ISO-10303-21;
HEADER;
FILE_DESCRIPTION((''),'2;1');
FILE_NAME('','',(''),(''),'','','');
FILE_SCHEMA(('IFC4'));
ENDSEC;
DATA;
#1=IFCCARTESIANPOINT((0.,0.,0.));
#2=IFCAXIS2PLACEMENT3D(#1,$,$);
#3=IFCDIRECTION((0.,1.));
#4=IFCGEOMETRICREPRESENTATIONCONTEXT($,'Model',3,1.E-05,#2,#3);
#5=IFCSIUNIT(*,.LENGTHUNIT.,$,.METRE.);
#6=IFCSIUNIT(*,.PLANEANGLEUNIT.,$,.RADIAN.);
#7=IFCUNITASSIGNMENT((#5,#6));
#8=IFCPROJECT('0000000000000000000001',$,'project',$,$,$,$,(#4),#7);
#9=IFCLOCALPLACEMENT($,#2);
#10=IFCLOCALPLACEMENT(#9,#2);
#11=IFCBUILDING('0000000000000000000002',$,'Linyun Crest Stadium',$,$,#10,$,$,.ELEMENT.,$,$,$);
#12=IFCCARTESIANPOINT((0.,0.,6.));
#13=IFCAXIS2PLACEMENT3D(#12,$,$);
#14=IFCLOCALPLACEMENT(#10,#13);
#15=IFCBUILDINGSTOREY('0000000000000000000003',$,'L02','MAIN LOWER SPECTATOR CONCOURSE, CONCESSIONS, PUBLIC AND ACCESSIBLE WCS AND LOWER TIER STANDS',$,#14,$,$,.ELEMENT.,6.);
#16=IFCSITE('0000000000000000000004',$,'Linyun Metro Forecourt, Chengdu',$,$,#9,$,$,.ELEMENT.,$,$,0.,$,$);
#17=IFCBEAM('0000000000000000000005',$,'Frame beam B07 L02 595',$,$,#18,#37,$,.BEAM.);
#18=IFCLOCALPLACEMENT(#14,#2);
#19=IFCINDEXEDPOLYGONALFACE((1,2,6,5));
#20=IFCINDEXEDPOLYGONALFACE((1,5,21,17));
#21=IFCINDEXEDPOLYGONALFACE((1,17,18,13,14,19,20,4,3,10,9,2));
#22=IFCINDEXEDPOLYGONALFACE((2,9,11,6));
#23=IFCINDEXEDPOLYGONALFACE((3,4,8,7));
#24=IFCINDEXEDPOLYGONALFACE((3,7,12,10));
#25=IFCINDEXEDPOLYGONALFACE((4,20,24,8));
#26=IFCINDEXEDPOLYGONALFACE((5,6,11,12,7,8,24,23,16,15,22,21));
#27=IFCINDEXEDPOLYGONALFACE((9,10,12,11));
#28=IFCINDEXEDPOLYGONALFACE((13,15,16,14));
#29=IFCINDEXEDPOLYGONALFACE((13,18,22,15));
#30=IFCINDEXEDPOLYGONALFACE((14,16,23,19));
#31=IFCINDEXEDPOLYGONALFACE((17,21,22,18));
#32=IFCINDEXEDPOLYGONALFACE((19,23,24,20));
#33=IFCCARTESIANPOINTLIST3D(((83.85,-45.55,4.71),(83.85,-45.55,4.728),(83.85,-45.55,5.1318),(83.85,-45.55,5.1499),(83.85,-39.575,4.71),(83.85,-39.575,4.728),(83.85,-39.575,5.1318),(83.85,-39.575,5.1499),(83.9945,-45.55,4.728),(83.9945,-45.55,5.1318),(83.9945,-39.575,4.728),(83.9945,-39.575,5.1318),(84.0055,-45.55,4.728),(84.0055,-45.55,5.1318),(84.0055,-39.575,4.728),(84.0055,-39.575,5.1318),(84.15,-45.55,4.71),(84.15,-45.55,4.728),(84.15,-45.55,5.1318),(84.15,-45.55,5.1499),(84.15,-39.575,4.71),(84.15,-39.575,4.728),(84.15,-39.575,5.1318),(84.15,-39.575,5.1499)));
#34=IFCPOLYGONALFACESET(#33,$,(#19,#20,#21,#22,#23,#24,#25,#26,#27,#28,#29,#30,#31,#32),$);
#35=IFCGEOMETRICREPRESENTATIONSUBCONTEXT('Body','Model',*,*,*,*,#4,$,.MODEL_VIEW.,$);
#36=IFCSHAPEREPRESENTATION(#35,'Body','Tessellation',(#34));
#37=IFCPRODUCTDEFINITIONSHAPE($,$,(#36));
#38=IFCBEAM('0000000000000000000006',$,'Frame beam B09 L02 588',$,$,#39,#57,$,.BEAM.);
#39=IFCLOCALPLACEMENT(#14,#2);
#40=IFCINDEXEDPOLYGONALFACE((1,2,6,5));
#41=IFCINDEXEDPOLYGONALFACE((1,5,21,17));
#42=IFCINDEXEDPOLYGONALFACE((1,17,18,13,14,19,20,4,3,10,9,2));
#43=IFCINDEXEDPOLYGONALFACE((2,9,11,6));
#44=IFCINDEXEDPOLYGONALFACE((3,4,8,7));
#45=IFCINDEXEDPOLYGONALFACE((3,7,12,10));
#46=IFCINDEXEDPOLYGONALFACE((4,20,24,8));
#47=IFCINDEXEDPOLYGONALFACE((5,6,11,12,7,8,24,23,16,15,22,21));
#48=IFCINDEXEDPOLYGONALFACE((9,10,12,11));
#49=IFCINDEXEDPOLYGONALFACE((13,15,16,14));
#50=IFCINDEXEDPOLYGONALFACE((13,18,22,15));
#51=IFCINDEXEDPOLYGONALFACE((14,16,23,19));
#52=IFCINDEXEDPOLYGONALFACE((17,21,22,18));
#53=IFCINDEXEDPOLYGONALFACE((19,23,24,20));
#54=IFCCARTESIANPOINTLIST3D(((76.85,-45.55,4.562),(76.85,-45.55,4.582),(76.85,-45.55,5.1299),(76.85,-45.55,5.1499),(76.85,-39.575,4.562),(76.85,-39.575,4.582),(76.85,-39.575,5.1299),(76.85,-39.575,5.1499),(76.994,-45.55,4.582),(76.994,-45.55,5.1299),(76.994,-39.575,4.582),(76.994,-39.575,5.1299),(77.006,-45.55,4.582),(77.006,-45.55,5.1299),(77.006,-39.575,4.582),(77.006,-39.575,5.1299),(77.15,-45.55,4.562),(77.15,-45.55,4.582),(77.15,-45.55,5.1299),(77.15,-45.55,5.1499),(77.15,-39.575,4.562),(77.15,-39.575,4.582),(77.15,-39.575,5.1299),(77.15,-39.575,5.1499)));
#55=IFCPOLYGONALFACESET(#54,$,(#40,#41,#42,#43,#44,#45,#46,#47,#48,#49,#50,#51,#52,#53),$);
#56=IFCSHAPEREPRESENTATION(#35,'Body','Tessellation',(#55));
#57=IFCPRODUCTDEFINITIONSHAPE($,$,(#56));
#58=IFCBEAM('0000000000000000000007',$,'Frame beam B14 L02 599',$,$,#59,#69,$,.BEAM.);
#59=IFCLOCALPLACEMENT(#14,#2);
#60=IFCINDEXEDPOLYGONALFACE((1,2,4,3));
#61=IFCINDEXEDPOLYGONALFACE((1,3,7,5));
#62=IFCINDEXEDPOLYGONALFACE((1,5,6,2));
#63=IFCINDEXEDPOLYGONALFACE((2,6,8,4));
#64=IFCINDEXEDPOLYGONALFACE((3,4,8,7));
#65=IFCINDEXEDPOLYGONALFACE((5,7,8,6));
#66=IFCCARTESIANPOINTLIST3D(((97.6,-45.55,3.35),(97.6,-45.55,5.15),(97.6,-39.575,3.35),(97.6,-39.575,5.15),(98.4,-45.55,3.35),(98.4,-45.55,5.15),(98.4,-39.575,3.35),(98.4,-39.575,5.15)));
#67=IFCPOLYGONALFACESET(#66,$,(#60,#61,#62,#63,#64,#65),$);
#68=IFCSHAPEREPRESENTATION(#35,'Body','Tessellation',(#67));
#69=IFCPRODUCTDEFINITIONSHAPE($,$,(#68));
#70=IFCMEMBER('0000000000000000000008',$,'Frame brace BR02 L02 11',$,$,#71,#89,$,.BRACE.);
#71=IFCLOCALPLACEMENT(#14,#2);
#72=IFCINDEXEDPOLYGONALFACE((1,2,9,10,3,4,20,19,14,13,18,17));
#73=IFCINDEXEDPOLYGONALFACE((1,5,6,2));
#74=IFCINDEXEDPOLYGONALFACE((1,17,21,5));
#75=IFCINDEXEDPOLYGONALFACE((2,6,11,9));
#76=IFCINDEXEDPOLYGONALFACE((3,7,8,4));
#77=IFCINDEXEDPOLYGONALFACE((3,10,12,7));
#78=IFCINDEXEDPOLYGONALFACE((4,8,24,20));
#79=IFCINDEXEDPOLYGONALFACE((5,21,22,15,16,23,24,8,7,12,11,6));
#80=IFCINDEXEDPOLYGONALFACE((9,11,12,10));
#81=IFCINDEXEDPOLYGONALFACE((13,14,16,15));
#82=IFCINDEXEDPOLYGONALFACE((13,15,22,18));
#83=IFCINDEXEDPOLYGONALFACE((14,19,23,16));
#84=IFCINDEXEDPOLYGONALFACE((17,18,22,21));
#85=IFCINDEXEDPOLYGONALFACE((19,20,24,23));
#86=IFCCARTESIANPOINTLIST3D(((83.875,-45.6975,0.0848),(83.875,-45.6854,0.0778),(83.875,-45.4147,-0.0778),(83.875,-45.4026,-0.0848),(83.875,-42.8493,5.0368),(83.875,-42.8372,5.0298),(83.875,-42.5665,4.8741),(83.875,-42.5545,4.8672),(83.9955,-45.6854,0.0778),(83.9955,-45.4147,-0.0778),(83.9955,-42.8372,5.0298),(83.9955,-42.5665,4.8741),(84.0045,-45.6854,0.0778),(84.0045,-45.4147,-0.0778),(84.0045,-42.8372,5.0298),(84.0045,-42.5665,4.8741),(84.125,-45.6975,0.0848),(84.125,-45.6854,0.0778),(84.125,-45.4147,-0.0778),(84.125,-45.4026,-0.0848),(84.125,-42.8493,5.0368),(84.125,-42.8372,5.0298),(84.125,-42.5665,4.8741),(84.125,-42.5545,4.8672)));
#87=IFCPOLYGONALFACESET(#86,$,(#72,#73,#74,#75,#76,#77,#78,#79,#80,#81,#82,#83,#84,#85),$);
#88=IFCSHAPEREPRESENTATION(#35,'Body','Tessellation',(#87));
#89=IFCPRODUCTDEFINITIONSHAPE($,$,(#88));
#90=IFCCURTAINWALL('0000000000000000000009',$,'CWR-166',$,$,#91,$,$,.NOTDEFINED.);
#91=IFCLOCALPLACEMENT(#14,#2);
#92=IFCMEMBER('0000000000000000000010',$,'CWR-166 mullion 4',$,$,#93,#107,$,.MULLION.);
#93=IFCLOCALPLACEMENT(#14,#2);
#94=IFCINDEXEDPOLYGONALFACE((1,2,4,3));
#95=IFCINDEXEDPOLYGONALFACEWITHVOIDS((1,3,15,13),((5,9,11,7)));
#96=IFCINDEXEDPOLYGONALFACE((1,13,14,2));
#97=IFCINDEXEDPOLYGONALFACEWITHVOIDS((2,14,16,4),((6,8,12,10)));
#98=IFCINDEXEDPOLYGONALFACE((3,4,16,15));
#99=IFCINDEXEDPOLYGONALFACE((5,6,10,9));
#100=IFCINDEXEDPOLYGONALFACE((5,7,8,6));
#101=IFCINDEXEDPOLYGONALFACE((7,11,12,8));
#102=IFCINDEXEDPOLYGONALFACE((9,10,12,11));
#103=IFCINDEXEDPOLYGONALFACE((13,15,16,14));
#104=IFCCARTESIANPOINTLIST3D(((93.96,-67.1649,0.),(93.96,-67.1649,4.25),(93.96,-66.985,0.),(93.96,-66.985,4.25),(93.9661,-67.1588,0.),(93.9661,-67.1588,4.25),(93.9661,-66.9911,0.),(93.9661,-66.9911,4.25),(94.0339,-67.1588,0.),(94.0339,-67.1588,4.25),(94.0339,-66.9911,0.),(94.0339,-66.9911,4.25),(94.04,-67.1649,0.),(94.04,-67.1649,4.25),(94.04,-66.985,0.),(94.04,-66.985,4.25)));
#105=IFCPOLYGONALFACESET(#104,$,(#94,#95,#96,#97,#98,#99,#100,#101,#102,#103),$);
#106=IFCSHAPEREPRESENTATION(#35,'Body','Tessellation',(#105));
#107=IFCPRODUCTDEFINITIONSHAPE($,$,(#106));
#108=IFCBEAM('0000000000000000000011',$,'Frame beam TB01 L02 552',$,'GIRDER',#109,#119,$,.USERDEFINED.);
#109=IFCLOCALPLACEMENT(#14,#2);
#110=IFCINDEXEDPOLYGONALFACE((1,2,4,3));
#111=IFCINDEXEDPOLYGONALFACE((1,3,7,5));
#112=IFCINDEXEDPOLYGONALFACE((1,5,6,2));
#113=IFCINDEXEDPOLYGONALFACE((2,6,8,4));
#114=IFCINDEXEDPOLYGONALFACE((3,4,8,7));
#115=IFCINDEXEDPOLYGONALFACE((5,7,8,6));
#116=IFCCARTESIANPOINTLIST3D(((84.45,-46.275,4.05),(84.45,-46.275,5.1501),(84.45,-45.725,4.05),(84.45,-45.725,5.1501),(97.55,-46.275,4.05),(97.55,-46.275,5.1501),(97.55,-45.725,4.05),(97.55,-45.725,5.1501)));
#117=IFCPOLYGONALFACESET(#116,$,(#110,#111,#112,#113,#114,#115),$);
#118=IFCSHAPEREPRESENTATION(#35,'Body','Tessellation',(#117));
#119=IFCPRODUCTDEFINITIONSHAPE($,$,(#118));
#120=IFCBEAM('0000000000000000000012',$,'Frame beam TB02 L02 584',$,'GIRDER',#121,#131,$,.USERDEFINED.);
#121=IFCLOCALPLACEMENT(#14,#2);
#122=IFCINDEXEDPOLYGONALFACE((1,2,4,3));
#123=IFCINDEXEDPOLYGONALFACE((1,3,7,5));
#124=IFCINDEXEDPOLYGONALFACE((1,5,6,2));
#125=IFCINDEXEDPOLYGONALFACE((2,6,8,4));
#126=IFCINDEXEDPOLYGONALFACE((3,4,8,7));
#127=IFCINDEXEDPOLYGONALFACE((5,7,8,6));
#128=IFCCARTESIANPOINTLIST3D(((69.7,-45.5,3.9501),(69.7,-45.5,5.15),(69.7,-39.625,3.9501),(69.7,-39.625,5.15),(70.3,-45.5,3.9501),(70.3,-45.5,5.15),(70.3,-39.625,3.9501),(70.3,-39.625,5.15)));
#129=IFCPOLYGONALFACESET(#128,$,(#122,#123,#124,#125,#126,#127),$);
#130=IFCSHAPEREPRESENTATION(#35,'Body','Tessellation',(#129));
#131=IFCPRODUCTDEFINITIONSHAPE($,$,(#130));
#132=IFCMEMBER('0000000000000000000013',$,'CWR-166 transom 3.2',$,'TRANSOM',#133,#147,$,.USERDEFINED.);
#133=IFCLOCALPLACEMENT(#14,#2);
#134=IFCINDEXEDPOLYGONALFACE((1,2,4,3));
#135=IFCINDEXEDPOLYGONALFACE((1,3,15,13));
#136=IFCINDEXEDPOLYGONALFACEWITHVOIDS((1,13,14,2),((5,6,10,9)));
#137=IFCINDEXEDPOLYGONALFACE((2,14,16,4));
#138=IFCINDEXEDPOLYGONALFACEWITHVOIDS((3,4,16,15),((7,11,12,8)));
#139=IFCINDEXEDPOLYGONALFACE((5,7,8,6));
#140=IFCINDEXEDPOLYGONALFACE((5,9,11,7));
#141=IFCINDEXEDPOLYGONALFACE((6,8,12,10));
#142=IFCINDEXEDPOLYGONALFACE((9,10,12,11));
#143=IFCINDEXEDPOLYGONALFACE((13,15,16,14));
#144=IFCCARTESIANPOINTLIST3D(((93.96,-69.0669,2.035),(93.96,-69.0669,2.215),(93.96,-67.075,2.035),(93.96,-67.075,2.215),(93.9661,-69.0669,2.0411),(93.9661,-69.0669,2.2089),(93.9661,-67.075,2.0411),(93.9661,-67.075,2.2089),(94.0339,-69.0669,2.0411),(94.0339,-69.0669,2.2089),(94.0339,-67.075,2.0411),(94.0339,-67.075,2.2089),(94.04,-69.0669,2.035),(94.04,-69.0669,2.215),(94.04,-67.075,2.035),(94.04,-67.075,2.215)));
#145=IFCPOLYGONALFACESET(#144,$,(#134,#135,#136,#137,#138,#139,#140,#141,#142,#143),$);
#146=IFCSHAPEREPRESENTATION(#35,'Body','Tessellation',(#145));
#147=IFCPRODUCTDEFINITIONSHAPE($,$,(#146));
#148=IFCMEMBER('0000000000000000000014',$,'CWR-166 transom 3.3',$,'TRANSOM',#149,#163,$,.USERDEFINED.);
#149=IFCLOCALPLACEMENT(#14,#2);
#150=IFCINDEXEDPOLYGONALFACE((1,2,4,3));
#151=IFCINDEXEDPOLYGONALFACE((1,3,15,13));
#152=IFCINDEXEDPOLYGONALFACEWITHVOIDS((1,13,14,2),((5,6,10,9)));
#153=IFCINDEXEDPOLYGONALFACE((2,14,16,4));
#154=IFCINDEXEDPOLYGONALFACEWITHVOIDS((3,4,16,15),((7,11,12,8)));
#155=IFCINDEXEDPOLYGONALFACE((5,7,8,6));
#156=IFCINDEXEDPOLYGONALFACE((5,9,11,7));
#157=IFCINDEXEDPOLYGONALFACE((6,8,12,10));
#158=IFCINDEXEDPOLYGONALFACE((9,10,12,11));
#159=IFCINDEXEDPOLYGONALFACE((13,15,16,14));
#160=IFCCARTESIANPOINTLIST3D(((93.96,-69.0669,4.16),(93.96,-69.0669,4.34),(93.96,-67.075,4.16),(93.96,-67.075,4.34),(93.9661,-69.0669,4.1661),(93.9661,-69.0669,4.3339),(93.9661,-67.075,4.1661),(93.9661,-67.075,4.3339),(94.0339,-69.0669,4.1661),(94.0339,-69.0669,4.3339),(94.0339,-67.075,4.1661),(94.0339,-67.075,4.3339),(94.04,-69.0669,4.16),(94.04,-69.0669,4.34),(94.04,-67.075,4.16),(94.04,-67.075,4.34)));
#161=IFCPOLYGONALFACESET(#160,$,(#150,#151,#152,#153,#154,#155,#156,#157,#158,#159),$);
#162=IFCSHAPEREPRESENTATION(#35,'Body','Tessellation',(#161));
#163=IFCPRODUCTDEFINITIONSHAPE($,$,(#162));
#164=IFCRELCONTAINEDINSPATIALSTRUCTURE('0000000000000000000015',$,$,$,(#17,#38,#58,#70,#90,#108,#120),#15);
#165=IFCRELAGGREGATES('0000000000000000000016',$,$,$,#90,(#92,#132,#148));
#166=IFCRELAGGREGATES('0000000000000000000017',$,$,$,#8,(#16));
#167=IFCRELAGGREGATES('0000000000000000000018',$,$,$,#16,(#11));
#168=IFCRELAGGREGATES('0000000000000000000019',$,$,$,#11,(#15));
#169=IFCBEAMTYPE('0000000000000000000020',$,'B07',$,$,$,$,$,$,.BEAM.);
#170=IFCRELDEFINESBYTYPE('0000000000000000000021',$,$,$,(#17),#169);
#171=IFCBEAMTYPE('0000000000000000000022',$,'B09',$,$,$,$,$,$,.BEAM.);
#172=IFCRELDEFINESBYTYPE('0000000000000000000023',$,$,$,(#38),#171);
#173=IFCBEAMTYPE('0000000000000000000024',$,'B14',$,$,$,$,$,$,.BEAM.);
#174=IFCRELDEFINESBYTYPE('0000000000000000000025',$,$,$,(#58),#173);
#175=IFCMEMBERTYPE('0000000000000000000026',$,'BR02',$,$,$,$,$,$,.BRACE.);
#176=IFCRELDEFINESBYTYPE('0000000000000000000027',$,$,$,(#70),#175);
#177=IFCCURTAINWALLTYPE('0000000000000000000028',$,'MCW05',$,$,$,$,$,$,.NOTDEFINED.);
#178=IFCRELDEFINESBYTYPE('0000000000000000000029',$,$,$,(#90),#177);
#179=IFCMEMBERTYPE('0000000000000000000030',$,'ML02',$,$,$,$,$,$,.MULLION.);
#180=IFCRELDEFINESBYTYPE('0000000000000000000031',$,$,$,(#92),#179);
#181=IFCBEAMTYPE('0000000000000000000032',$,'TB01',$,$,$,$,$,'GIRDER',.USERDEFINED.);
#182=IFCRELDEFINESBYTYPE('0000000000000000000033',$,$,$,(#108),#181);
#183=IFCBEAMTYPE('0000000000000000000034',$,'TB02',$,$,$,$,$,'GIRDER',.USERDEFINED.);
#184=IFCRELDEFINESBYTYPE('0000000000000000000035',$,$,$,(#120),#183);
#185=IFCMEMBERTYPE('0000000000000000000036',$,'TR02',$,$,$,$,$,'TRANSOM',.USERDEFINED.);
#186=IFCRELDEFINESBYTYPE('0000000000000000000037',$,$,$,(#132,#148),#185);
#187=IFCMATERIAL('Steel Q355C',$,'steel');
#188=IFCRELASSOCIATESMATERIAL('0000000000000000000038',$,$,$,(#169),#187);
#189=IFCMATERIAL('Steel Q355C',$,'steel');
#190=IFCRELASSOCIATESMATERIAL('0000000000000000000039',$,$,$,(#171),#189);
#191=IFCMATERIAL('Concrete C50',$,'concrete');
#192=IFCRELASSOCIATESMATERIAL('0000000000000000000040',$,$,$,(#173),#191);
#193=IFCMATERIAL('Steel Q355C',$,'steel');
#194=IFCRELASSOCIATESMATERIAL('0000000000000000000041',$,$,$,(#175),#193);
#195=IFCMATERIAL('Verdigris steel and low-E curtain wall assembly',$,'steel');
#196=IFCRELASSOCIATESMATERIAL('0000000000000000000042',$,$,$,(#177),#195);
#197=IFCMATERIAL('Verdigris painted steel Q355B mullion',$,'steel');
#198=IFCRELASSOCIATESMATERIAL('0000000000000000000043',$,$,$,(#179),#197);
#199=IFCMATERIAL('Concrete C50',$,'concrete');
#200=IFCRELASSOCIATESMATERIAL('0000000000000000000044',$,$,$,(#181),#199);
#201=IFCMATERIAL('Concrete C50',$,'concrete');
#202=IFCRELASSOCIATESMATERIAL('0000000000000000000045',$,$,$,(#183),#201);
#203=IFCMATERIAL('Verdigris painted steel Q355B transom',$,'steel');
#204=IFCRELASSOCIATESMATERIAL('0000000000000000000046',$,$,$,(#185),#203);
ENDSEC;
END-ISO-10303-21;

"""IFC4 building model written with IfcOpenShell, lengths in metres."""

from ifc_helpers import new_model, si_unit, direction, frame, origin, origin_2d, place, context, subcontext, project, spatial, rectangle, hollow_rectangle, i_section, extrude, material, material_profile, profile_set, type_object, element, aggregate, save


model = new_model("IFC4")

# Units and contexts
model_context = context("Model", 3, precision=1e-05, world=origin(), true_north=direction((0.0, 1.0)))
body_context = subcontext(model_context, "Body", "Model", "MODEL_VIEW")
ifc_project = project(units=[si_unit("LENGTHUNIT", "METRE"), si_unit("PLANEANGLEUNIT", "RADIAN")], contexts=[model_context])

# Site, building, storey
site_placement = place(None, origin())
site = spatial("IfcSite", under=ifc_project, at=site_placement, Name="Linyun Metro Forecourt, Chengdu", CompositionType="ELEMENT", RefElevation=0.0)
building_placement = place(site_placement, origin())
building = spatial("IfcBuilding", under=site, at=building_placement, Name="Linyun Crest Stadium", CompositionType="ELEMENT")
storey_placement = place(building_placement, frame((0.0, 0.0, 6.0)))
storey = spatial("IfcBuildingStorey", under=building, at=storey_placement, Name="L02", Description="MAIN LOWER SPECTATOR CONCOURSE, CONCESSIONS, PUBLIC AND ACCESSIBLE WCS AND LOWER TIER STANDS", CompositionType="ELEMENT", Elevation=6.0)

# Beams
ifc_material_1 = material(Name="Steel Q355C", Category="steel")
ifc_material_profile_1 = material_profile(ifc_material_1, i_section(OverallWidth=0.3, OverallDepth=0.4399, WebThickness=0.011, FlangeThickness=0.0181, at=origin_2d()), Name="HM 440x300")
ifc_profile_set_1 = profile_set([ifc_material_profile_1], Name="Steel Q355C")
beam_type_1 = type_object("IfcBeamType", Name="B07", PredefinedType="BEAM", material=ifc_profile_set_1)
beam_1_placement = place(storey_placement, frame((84.0, -45.55, 4.9299), z_axis=(0.0, 1.0, 0.0), x_axis=(-1.0, 0.0, 0.0)))
element("IfcBeam", 1, at=beam_1_placement, inside=storey, type_object=beam_type_1, Name="Frame beam B07 L02 595", PredefinedType="BEAM", context=body_context, shape_type="SweptSolid", body=[
    extrude(i_section(OverallWidth=0.3, OverallDepth=0.4399, WebThickness=0.011, FlangeThickness=0.0181, at=origin_2d()), origin(), (0.0, 0.0, 1.0), 5.9751),
])
ifc_material_2 = material(Name="Steel Q355C", Category="steel")
ifc_material_profile_2 = material_profile(ifc_material_2, i_section(OverallWidth=0.3, OverallDepth=0.5879, WebThickness=0.012, FlangeThickness=0.02, at=origin_2d()), Name="HM 588x300")
ifc_profile_set_2 = profile_set([ifc_material_profile_2], Name="Steel Q355C")
beam_type_2 = type_object("IfcBeamType", Name="B09", PredefinedType="BEAM", material=ifc_profile_set_2)
beam_2_placement = place(storey_placement, frame((77.0, -45.55, 4.856), z_axis=(0.0, 1.0, 0.0), x_axis=(-1.0, 0.0, 0.0)))
element("IfcBeam", 2, at=beam_2_placement, inside=storey, type_object=beam_type_2, Name="Frame beam B09 L02 588", PredefinedType="BEAM", context=body_context, shape_type="SweptSolid", body=[
    extrude(i_section(OverallWidth=0.3, OverallDepth=0.5879, WebThickness=0.012, FlangeThickness=0.02, at=origin_2d()), origin(), (0.0, 0.0, 1.0), 5.9751),
])
ifc_material_3 = material(Name="Concrete C50", Category="concrete")
ifc_material_profile_3 = material_profile(ifc_material_3, rectangle(XDim=0.8, YDim=1.8, at=origin_2d()), Name="RCB 1800x800")
ifc_profile_set_3 = profile_set([ifc_material_profile_3], Name="Concrete C50")
beam_type_3 = type_object("IfcBeamType", Name="B14", PredefinedType="BEAM", material=ifc_profile_set_3)
beam_3_placement = place(storey_placement, frame((98.0, -45.55, 4.25), z_axis=(0.0, 1.0, 0.0), x_axis=(-1.0, 0.0, 0.0)))
element("IfcBeam", 3, at=beam_3_placement, inside=storey, type_object=beam_type_3, Name="Frame beam B14 L02 599", PredefinedType="BEAM", context=body_context, shape_type="SweptSolid", body=[
    extrude(rectangle(XDim=0.8, YDim=1.8, at=origin_2d()), origin(), (0.0, 0.0, 1.0), 5.9751),
])

# Member
ifc_material_4 = material(Name="Steel Q355C", Category="steel")
ifc_material_profile_4 = material_profile(ifc_material_4, i_section(OverallWidth=0.25, OverallDepth=0.3401, WebThickness=0.009, FlangeThickness=0.0139, at=origin_2d()), Name="HM 340x250")
ifc_profile_set_4 = profile_set([ifc_material_profile_4], Name="Steel Q355C")
member_type_1 = type_object("IfcMemberType", Name="BR02", PredefinedType="BRACE", material=ifc_profile_set_4)
member_1_placement = place(storey_placement, frame((84.0, -45.55, 0.0), z_axis=(0.0, 0.498576, 0.866846), x_axis=(-1.0, 0.0, 0.0)))
element("IfcMember", 4, at=member_1_placement, inside=storey, type_object=member_type_1, Name="Frame brace BR02 L02 11", PredefinedType="BRACE", context=body_context, shape_type="SweptSolid", body=[
    extrude(i_section(OverallWidth=0.25, OverallDepth=0.3401, WebThickness=0.009, FlangeThickness=0.0139, at=origin_2d()), origin(), (0.0, 0.0, 1.0), 5.7126),
])

# Curtain wall, member
ifc_material_5 = material(Name="Verdigris steel and low-E curtain wall assembly", Category="steel")
curtain_wall_type = type_object("IfcCurtainWallType", Name="MCW05", PredefinedType="NOTDEFINED", material=ifc_material_5)
curtain_wall_placement = place(storey_placement, origin())
curtain_wall = element("IfcCurtainWall", 5, at=curtain_wall_placement, inside=storey, type_object=curtain_wall_type, Name="CWR-166", PredefinedType="NOTDEFINED")
ifc_material_6 = material(Name="Verdigris painted steel Q355B mullion", Category="steel")
ifc_material_profile_5 = material_profile(ifc_material_6, hollow_rectangle(XDim=0.0801, YDim=0.1799, WallThickness=0.0061, at=origin_2d()), Name="RHS 180x80x6")
ifc_profile_set_5 = profile_set([ifc_material_profile_5], Name="Verdigris painted steel Q355B mullion")
member_type_2 = type_object("IfcMemberType", Name="ML02", PredefinedType="MULLION", material=ifc_profile_set_5)
member_2_placement = place(storey_placement, frame((94.0, -67.075, 0.0), z_axis=(0.0, 0.0, 1.0), x_axis=(-1.0, 0.0, 0.0)))
member_2 = element("IfcMember", 6, at=member_2_placement, type_object=member_type_2, Name="CWR-166 mullion 4", PredefinedType="MULLION", context=body_context, shape_type="SweptSolid", body=[
    extrude(hollow_rectangle(XDim=0.0801, YDim=0.1799, WallThickness=0.0061, at=origin_2d()), origin(), (0.0, 0.0, 1.0), 4.25),
])

# Beams
ifc_material_7 = material(Name="Concrete C50", Category="concrete")
ifc_material_profile_6 = material_profile(ifc_material_7, rectangle(XDim=0.55, YDim=1.1001, at=origin_2d()), Name="RCB 1100x550")
ifc_profile_set_6 = profile_set([ifc_material_profile_6], Name="Concrete C50")
beam_type_4 = type_object("IfcBeamType", Name="TB01", ElementType="GIRDER", PredefinedType="USERDEFINED", material=ifc_profile_set_6)
beam_4_placement = place(storey_placement, frame((84.45, -46.0, 4.6001), z_axis=(1.0, 0.0, 0.0), x_axis=(0.0, 1.0, 0.0)))
element("IfcBeam", 7, at=beam_4_placement, inside=storey, type_object=beam_type_4, Name="Frame beam TB01 L02 552", ObjectType="GIRDER", PredefinedType="USERDEFINED", context=body_context, shape_type="SweptSolid", body=[
    extrude(rectangle(XDim=0.55, YDim=1.1001, at=origin_2d()), origin(), (0.0, 0.0, 1.0), 13.1001),
])
ifc_material_8 = material(Name="Concrete C50", Category="concrete")
ifc_material_profile_7 = material_profile(ifc_material_8, rectangle(XDim=0.6001, YDim=1.2, at=origin_2d()), Name="RCB 1200x600")
ifc_profile_set_7 = profile_set([ifc_material_profile_7], Name="Concrete C50")
beam_type_5 = type_object("IfcBeamType", Name="TB02", ElementType="GIRDER", PredefinedType="USERDEFINED", material=ifc_profile_set_7)
beam_5_placement = place(storey_placement, frame((70.0, -45.5, 4.55), z_axis=(0.0, 1.0, 0.0), x_axis=(-1.0, 0.0, 0.0)))
element("IfcBeam", 8, at=beam_5_placement, inside=storey, type_object=beam_type_5, Name="Frame beam TB02 L02 584", ObjectType="GIRDER", PredefinedType="USERDEFINED", context=body_context, shape_type="SweptSolid", body=[
    extrude(rectangle(XDim=0.6001, YDim=1.2, at=origin_2d()), origin(), (0.0, 0.0, 1.0), 5.875),
])

# Members
ifc_material_9 = material(Name="Verdigris painted steel Q355B transom", Category="steel")
ifc_material_profile_8 = material_profile(ifc_material_9, hollow_rectangle(XDim=0.0801, YDim=0.1799, WallThickness=0.0061, at=origin_2d()), Name="RHS 180x80x6")
ifc_profile_set_8 = profile_set([ifc_material_profile_8], Name="Verdigris painted steel Q355B transom")
member_type_3 = type_object("IfcMemberType", Name="TR02", ElementType="TRANSOM", PredefinedType="USERDEFINED", material=ifc_profile_set_8)
member_3_placement = place(storey_placement, frame((94.0, -69.0669, 2.125), z_axis=(0.0, 1.0, 0.0), x_axis=(-1.0, 0.0, 0.0)))
member_3 = element("IfcMember", 9, at=member_3_placement, type_object=member_type_3, Name="CWR-166 transom 3.2", ObjectType="TRANSOM", PredefinedType="USERDEFINED", context=body_context, shape_type="SweptSolid", body=[
    extrude(hollow_rectangle(XDim=0.0801, YDim=0.1799, WallThickness=0.0061, at=origin_2d()), origin(), (0.0, 0.0, 1.0), 1.9919),
])
member_4_placement = place(storey_placement, frame((94.0, -69.0669, 4.25), z_axis=(0.0, 1.0, 0.0), x_axis=(-1.0, 0.0, 0.0)))
member_4 = element("IfcMember", 10, at=member_4_placement, type_object=member_type_3, Name="CWR-166 transom 3.3", ObjectType="TRANSOM", PredefinedType="USERDEFINED", context=body_context, shape_type="SweptSolid", body=[
    extrude(hollow_rectangle(XDim=0.0801, YDim=0.1799, WallThickness=0.0061, at=origin_2d()), origin(), (0.0, 0.0, 1.0), 1.9919),
])

aggregate(curtain_wall, [member_2, member_3, member_4])

save(model, "model.ifc")
